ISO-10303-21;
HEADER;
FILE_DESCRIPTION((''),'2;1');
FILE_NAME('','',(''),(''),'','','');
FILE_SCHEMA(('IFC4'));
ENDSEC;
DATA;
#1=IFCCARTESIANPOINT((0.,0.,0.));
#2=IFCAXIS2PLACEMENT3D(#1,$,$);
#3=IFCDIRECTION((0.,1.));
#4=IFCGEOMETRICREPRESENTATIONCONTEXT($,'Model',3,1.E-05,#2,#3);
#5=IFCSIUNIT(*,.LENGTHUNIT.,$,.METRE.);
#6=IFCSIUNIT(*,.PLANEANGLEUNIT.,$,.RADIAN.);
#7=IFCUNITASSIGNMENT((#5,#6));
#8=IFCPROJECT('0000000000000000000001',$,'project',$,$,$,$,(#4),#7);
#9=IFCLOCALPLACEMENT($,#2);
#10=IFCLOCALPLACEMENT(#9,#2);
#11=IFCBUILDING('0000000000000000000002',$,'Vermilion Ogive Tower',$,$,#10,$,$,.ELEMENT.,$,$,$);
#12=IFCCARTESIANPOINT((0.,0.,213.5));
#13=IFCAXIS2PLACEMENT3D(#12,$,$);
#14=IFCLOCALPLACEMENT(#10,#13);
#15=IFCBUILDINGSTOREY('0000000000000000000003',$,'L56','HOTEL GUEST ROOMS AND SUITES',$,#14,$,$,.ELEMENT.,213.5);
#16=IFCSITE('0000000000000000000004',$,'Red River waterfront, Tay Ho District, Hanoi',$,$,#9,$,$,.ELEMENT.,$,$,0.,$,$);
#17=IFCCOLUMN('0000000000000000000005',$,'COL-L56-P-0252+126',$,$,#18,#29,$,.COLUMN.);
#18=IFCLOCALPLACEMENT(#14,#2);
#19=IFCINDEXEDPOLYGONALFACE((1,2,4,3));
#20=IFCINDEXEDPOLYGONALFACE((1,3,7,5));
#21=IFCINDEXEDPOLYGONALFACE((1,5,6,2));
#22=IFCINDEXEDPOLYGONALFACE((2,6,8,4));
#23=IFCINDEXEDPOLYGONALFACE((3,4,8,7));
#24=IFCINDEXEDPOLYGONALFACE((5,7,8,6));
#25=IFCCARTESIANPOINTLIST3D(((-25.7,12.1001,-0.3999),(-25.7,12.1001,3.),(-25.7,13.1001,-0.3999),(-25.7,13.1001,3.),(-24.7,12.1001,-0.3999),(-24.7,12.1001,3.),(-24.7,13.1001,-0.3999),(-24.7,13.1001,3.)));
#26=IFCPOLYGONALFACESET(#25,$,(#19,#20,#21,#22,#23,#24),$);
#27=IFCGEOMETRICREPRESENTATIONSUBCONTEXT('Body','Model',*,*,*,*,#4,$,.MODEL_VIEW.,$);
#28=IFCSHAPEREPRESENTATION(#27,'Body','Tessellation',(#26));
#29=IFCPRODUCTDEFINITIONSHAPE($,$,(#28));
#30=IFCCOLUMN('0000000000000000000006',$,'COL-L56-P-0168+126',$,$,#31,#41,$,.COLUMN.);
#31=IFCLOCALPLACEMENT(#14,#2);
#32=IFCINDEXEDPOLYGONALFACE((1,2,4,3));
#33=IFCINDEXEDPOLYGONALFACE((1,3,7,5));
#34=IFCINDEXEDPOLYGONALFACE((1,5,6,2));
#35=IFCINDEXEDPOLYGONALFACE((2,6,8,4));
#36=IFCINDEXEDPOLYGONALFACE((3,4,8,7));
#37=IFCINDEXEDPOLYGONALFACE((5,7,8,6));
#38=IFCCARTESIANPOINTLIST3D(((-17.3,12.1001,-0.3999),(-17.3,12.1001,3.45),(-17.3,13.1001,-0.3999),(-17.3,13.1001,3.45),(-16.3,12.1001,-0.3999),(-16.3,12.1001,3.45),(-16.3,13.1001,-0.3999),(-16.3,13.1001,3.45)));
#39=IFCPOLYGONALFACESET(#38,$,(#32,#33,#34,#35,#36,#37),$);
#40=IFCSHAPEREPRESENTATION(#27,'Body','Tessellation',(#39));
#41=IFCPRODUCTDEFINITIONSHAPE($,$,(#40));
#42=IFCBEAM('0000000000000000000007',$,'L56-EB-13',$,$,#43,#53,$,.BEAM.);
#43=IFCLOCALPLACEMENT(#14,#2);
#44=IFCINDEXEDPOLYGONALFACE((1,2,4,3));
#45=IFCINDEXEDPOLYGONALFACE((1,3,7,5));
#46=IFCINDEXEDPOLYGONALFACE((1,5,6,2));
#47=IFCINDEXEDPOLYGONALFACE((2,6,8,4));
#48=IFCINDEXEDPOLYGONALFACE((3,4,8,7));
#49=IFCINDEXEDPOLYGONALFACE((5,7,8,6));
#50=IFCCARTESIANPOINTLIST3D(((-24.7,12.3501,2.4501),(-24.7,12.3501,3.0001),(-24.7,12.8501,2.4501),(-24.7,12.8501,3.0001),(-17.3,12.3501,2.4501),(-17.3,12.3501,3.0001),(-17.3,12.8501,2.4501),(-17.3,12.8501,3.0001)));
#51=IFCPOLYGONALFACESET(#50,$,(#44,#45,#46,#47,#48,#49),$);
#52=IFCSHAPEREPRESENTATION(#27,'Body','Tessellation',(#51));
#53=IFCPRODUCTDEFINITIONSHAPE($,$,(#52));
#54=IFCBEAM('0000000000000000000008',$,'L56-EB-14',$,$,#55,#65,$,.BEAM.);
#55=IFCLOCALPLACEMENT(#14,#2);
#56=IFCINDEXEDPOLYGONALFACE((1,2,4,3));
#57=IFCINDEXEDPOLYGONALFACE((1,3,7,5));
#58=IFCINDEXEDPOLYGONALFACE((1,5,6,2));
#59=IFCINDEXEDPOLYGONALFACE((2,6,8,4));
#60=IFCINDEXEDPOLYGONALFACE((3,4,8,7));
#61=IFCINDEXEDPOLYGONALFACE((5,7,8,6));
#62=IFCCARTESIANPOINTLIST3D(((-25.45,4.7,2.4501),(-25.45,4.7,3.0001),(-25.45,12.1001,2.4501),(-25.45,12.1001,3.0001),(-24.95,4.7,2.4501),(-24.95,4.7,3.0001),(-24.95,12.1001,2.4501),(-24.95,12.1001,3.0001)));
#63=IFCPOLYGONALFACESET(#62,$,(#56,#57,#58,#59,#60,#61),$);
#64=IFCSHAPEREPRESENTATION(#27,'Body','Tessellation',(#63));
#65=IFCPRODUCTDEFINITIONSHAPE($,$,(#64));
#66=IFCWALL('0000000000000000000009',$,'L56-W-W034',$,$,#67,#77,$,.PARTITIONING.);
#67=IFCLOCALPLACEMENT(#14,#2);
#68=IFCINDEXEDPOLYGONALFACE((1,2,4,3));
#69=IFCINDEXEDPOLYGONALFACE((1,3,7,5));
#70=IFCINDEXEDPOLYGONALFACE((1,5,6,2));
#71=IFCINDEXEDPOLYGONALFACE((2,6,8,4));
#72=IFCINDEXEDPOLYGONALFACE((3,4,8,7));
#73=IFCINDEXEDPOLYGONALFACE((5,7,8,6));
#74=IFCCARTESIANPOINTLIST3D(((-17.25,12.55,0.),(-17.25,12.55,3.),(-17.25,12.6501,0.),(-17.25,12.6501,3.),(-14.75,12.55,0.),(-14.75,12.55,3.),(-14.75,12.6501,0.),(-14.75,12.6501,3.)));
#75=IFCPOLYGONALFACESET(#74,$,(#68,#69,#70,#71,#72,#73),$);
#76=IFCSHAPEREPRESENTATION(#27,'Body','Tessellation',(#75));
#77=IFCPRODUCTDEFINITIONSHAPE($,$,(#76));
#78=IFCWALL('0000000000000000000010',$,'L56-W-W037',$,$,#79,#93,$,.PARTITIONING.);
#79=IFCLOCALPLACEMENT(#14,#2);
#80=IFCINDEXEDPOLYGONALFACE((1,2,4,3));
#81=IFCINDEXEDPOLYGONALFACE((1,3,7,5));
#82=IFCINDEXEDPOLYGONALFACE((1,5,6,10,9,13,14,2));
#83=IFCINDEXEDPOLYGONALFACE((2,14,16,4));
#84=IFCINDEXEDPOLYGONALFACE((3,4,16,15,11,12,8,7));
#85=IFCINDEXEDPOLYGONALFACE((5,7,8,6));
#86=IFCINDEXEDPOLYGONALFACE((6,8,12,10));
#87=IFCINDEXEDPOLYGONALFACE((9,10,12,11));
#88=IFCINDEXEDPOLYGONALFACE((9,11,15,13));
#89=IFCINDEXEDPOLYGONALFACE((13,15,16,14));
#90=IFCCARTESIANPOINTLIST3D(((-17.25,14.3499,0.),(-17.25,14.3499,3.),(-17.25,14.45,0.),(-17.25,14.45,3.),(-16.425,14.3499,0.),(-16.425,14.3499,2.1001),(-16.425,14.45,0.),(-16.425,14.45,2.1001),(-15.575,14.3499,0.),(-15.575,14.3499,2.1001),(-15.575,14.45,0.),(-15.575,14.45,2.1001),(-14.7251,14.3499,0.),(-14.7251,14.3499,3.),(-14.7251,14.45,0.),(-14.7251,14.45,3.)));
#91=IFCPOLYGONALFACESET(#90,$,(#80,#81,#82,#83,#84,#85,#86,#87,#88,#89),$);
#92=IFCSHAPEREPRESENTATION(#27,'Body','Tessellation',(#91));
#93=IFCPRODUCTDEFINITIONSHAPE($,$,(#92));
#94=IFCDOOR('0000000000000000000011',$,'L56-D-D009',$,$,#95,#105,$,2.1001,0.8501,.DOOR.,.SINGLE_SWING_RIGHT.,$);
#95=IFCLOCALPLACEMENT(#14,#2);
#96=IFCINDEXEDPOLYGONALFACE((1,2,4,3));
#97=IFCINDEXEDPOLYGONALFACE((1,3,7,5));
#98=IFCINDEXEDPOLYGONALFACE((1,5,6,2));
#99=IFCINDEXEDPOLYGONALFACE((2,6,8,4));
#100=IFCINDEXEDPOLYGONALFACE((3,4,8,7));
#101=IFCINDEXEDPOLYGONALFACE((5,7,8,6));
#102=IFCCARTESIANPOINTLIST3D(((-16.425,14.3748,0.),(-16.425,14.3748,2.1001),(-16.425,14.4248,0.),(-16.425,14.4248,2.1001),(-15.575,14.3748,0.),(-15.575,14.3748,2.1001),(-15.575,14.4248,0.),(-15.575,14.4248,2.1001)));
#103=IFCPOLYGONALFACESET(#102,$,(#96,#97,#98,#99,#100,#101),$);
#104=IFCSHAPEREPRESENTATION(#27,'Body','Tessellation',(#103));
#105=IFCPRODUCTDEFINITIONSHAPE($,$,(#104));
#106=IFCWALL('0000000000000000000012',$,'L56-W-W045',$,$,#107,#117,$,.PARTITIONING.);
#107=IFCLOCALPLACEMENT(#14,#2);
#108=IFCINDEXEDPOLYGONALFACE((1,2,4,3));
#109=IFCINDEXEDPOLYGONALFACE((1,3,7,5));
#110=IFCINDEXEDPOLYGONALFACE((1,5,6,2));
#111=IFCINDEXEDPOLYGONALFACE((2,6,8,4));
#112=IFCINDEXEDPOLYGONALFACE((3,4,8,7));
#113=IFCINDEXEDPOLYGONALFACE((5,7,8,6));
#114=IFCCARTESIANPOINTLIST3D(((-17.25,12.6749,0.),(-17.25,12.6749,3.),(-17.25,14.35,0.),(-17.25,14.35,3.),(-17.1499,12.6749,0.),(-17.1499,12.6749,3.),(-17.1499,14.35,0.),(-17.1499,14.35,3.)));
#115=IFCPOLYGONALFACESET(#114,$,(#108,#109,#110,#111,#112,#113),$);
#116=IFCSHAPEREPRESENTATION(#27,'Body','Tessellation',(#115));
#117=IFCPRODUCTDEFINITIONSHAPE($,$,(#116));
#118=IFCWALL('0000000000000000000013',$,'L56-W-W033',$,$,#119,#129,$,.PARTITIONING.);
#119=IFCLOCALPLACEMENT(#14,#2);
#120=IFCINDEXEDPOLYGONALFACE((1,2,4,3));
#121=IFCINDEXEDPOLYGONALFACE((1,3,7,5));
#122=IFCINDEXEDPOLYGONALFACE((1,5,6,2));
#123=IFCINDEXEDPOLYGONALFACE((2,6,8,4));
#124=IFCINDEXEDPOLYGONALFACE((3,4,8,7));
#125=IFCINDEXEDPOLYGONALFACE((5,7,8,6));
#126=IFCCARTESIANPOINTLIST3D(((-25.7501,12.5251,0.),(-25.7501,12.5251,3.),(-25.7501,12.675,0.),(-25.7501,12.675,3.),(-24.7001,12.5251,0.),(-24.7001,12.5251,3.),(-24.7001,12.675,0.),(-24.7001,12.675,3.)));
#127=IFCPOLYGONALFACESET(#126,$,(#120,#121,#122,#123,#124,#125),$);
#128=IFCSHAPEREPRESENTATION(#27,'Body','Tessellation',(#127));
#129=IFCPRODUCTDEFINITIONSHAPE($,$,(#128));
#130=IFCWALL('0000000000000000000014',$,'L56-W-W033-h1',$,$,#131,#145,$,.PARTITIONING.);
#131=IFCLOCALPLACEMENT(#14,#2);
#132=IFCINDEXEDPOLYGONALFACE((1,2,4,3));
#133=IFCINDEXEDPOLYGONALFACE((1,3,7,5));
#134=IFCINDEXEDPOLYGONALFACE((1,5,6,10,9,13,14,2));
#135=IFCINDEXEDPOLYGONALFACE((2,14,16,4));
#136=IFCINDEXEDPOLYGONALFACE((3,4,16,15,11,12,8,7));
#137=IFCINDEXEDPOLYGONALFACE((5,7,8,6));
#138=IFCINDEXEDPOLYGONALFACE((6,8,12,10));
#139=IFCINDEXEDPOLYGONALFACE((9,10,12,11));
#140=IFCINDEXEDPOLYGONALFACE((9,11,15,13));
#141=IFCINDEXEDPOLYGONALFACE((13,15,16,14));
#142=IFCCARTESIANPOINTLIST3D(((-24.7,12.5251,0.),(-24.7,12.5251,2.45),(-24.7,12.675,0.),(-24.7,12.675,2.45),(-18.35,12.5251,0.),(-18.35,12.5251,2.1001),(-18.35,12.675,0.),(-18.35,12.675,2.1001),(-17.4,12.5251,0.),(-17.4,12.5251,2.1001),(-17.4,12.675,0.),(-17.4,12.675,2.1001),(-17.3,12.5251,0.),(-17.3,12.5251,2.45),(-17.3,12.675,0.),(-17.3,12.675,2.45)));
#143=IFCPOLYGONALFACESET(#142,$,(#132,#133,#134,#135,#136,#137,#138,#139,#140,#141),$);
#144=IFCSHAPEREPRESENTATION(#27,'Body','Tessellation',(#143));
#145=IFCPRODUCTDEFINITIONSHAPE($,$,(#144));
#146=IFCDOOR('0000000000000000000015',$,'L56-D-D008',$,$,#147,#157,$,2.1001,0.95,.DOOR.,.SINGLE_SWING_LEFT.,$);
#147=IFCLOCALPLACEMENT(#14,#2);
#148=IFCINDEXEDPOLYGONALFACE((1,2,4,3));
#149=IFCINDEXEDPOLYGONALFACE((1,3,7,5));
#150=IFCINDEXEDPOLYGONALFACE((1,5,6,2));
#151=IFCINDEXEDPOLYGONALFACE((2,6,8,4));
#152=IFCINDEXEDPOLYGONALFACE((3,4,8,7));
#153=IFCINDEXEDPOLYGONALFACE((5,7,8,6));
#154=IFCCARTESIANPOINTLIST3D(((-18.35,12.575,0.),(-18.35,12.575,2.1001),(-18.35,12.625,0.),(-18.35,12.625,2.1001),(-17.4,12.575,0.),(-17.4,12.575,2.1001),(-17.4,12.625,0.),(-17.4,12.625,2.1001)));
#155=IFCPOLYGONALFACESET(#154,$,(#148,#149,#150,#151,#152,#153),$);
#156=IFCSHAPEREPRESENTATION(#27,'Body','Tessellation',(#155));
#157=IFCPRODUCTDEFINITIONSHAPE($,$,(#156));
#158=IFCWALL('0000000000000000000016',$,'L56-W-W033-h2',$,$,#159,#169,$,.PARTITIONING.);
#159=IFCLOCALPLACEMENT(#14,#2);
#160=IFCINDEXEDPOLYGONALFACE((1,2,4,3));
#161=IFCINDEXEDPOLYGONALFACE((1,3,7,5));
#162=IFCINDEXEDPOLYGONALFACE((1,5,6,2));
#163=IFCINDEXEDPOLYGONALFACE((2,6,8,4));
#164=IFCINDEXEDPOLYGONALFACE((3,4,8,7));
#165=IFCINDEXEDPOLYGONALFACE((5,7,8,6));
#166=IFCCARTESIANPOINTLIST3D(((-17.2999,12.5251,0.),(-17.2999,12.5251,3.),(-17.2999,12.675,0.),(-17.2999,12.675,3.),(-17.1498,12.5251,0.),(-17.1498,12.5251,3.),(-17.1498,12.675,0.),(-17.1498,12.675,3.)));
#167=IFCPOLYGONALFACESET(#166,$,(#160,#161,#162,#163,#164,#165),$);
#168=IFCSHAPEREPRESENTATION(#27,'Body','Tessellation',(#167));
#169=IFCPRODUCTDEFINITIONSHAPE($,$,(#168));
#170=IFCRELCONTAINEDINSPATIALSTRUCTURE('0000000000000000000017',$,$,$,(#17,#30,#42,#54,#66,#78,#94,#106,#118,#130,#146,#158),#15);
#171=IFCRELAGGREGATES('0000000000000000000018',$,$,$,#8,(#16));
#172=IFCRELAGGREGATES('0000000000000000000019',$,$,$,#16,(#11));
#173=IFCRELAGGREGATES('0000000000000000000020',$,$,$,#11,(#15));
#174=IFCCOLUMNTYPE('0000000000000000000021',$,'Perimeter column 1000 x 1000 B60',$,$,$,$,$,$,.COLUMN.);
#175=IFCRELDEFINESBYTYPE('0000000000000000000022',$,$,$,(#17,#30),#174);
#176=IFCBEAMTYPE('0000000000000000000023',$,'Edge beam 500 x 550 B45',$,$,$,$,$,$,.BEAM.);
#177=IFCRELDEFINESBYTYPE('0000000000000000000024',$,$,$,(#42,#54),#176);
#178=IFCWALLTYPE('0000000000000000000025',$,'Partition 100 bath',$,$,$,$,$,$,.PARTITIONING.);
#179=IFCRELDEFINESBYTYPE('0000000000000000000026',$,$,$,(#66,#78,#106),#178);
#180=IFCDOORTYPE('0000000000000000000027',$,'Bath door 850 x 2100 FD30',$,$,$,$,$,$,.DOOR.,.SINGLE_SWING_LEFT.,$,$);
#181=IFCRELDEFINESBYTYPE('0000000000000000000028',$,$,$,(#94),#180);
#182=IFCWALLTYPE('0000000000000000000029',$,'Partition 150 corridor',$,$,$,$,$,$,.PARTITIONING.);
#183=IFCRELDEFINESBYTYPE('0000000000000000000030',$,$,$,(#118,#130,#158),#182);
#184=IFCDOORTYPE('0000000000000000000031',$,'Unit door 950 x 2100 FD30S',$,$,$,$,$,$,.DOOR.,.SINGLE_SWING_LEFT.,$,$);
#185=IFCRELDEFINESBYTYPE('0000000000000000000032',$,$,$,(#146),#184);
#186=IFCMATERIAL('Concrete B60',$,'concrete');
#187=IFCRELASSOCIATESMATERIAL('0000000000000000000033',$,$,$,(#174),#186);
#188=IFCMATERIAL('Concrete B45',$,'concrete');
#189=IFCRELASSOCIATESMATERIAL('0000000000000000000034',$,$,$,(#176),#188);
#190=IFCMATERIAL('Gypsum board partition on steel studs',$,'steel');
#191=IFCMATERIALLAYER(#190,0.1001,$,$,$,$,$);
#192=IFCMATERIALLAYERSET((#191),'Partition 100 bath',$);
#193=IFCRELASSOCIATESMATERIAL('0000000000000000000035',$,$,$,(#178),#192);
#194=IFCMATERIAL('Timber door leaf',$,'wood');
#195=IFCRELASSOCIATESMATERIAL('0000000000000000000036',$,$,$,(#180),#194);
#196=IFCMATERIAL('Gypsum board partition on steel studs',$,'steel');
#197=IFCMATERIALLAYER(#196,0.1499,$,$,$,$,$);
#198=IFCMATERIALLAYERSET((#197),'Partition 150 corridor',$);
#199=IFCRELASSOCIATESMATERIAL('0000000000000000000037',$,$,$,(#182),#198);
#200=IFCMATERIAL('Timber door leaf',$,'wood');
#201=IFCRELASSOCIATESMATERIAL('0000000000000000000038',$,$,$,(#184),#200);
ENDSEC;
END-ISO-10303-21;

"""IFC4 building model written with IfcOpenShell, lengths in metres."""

from ifc_helpers import new_model, si_unit, direction, frame, frame_2d, origin, origin_2d, place, context, subcontext, project, spatial, rectangle, extrude, material, layer, layer_set, material_profile, profile_set, type_object, element, fill, save


model = new_model("IFC4")

# Units and contexts
model_context = context("Model", 3, precision=1e-05, world=origin(), true_north=direction((0.0, 1.0)))
body_context = subcontext(model_context, "Body", "Model", "MODEL_VIEW")
ifc_project = project(units=[si_unit("LENGTHUNIT", "METRE"), si_unit("PLANEANGLEUNIT", "RADIAN")], contexts=[model_context])

# Site, building, storey
site_placement = place(None, origin())
site = spatial("IfcSite", under=ifc_project, at=site_placement, Name="Red River waterfront, Tay Ho District, Hanoi", CompositionType="ELEMENT", RefElevation=0.0)
building_placement = place(site_placement, origin())
building = spatial("IfcBuilding", under=site, at=building_placement, Name="Vermilion Ogive Tower", CompositionType="ELEMENT")
storey_placement = place(building_placement, frame((0.0, 0.0, 213.5)))
storey = spatial("IfcBuildingStorey", under=building, at=storey_placement, Name="L56", Description="HOTEL GUEST ROOMS AND SUITES", CompositionType="ELEMENT", Elevation=213.5)

# Columns
ifc_material_1 = material(Name="Concrete B60", Category="concrete")
ifc_material_profile_1 = material_profile(ifc_material_1, rectangle(XDim=1.0, YDim=1.0, at=origin_2d()), Name="1000 x 1000")
ifc_profile_set_1 = profile_set([ifc_material_profile_1], Name="Concrete B60")
column_type = type_object("IfcColumnType", Name="Perimeter column 1000 x 1000 B60", PredefinedType="COLUMN", material=ifc_profile_set_1)
column_1_placement = place(storey_placement, frame((-25.2, 12.6001, -0.3999), z_axis=(0.0, 0.0, 1.0), x_axis=(1.0, 0.0, 0.0)))
element("IfcColumn", 1, at=column_1_placement, inside=storey, type_object=column_type, Name="COL-L56-P-0252+126", PredefinedType="COLUMN", context=body_context, shape_type="SweptSolid", body=[
    extrude(rectangle(XDim=1.0, YDim=1.0, at=origin_2d()), origin(), (0.0, 0.0, 1.0), 3.3999),
])
column_2_placement = place(storey_placement, frame((-16.8, 12.6001, -0.3999), z_axis=(0.0, 0.0, 1.0), x_axis=(1.0, 0.0, 0.0)))
element("IfcColumn", 2, at=column_2_placement, inside=storey, type_object=column_type, Name="COL-L56-P-0168+126", PredefinedType="COLUMN", context=body_context, shape_type="SweptSolid", body=[
    extrude(rectangle(XDim=1.0, YDim=1.0, at=origin_2d()), origin(), (0.0, 0.0, 1.0), 3.8499),
])

# Beams
ifc_material_2 = material(Name="Concrete B45", Category="concrete")
ifc_material_profile_2 = material_profile(ifc_material_2, rectangle(XDim=0.5, YDim=0.55, at=origin_2d()), Name="500 x 550")
ifc_profile_set_2 = profile_set([ifc_material_profile_2], Name="Concrete B45")
beam_type = type_object("IfcBeamType", Name="Edge beam 500 x 550 B45", PredefinedType="BEAM", material=ifc_profile_set_2)
beam_1_placement = place(storey_placement, frame((-17.3, 12.6001, 2.7251), z_axis=(-1.0, 0.0, 0.0), x_axis=(0.0, -1.0, 0.0)))
element("IfcBeam", 3, at=beam_1_placement, inside=storey, type_object=beam_type, Name="L56-EB-13", PredefinedType="BEAM", context=body_context, shape_type="SweptSolid", body=[
    extrude(rectangle(XDim=0.5, YDim=0.55, at=origin_2d()), origin(), (0.0, 0.0, 1.0), 7.3999),
])
beam_2_placement = place(storey_placement, frame((-25.2, 12.1001, 2.7251), z_axis=(0.0, -1.0, 0.0), x_axis=(1.0, 0.0, 0.0)))
element("IfcBeam", 4, at=beam_2_placement, inside=storey, type_object=beam_type, Name="L56-EB-14", PredefinedType="BEAM", context=body_context, shape_type="SweptSolid", body=[
    extrude(rectangle(XDim=0.5, YDim=0.55, at=origin_2d()), origin(), (0.0, 0.0, 1.0), 7.4001),
])

# Wall
ifc_material_3 = material(Name="Gypsum board partition on steel studs", Category="steel")
ifc_layer_1 = layer(ifc_material_3, 0.1001)
ifc_layer_set_1 = layer_set([ifc_layer_1], Name="Partition 100 bath")
wall_type_1 = type_object("IfcWallType", Name="Partition 100 bath", PredefinedType="PARTITIONING", material=ifc_layer_set_1)
wall_1_placement = place(storey_placement, frame((-17.25, 12.6001, 0.0), z_axis=(0.0, 0.0, 1.0), x_axis=(1.0, 0.0, 0.0)))
element("IfcWall", 5, at=wall_1_placement, inside=storey, type_object=wall_type_1, Name="L56-W-W034", PredefinedType="PARTITIONING", context=body_context, shape_type="SweptSolid", body=[
    extrude(rectangle(XDim=2.5, YDim=0.1001, at=frame_2d((1.25, 0.0))), origin(), (0.0, 0.0, 1.0), 3.0),
])

# Wall, opening, door
wall_2_placement = place(storey_placement, frame((-17.25, 14.3999, 0.0), z_axis=(0.0, 0.0, 1.0), x_axis=(1.0, 0.0, 0.0)))
wall_2 = element("IfcWall", 6, at=wall_2_placement, inside=storey, type_object=wall_type_1, Name="L56-W-W037", PredefinedType="PARTITIONING", context=body_context, shape_type="SweptSolid", body=[
    extrude(rectangle(XDim=2.5249, YDim=0.1001, at=frame_2d((1.2625, 0.0))), origin(), (0.0, 0.0, 1.0), 3.0),
])
opening_1_placement = place(wall_2_placement, frame((0.825, 0.0, 0.0)))
opening_1 = element("IfcOpeningElement", 7, at=opening_1_placement, cuts=wall_2, PredefinedType="OPENING", context=body_context, shape_type="SweptSolid", body=[
    extrude(rectangle(XDim=0.8501, YDim=2.1001, at=frame_2d((0.425, 1.05))), frame((0.0, 0.0601, 0.0), z_axis=(0.0, -1.0, 0.0), x_axis=(1.0, 0.0, 0.0)), (0.0, 0.0, 1.0), 0.1201),
])
ifc_material_4 = material(Name="Timber door leaf", Category="wood")
door_type_1 = type_object("IfcDoorType", Name="Bath door 850 x 2100 FD30", OperationType="SINGLE_SWING_LEFT", PredefinedType="DOOR", material=ifc_material_4)
door_1_placement = place(opening_1_placement, origin())
door_1 = element("IfcDoor", 8, at=door_1_placement, inside=storey, type_object=door_type_1, Name="L56-D-D009", OperationType="SINGLE_SWING_RIGHT", OverallHeight=2.1001, OverallWidth=0.8501, PredefinedType="DOOR", context=body_context, shape_type="SweptSolid", body=[
    extrude(rectangle(XDim=0.8501, YDim=2.1001, at=frame_2d((0.425, 1.05))), frame((0.0, 0.0249, 0.0), z_axis=(0.0, -1.0, 0.0), x_axis=(1.0, 0.0, 0.0)), (0.0, 0.0, 1.0), 0.05),
])
fill(opening_1, door_1)

# Walls
wall_3_placement = place(storey_placement, frame((-17.2, 12.675, 0.0), z_axis=(0.0, 0.0, 1.0), x_axis=(0.0, 1.0, 0.0)))
element("IfcWall", 9, at=wall_3_placement, inside=storey, type_object=wall_type_1, Name="L56-W-W045", PredefinedType="PARTITIONING", context=body_context, shape_type="SweptSolid", body=[
    extrude(rectangle(XDim=1.675, YDim=0.1001, at=frame_2d((0.8374, 0.0))), origin(), (0.0, 0.0, 1.0), 3.0),
])
ifc_material_5 = material(Name="Gypsum board partition on steel studs", Category="steel")
ifc_layer_2 = layer(ifc_material_5, 0.1499)
ifc_layer_set_2 = layer_set([ifc_layer_2], Name="Partition 150 corridor")
wall_type_2 = type_object("IfcWallType", Name="Partition 150 corridor", PredefinedType="PARTITIONING", material=ifc_layer_set_2)
wall_4_placement = place(storey_placement, frame((-25.75, 12.6001, 0.0), z_axis=(0.0, 0.0, 1.0), x_axis=(1.0, 0.0, 0.0)))
element("IfcWall", 10, at=wall_4_placement, inside=storey, type_object=wall_type_2, Name="L56-W-W033", PredefinedType="PARTITIONING", context=body_context, shape_type="SweptSolid", body=[
    extrude(rectangle(XDim=1.05, YDim=0.1499, at=frame_2d((0.5249, 0.0))), origin(), (0.0, 0.0, 1.0), 3.0),
])

# Wall, opening, door
wall_5_placement = place(storey_placement, frame((-24.7, 12.6001, 0.0), z_axis=(0.0, 0.0, 1.0), x_axis=(1.0, 0.0, 0.0)))
wall_5 = element("IfcWall", 11, at=wall_5_placement, inside=storey, type_object=wall_type_2, Name="L56-W-W033-h1", PredefinedType="PARTITIONING", context=body_context, shape_type="SweptSolid", body=[
    extrude(rectangle(XDim=7.3999, YDim=0.1499, at=frame_2d((3.7, 0.0))), origin(), (0.0, 0.0, 1.0), 2.45),
])
opening_2_placement = place(wall_5_placement, frame((6.3499, 0.0, 0.0)))
opening_2 = element("IfcOpeningElement", 12, at=opening_2_placement, cuts=wall_5, PredefinedType="OPENING", context=body_context, shape_type="SweptSolid", body=[
    extrude(rectangle(XDim=0.95, YDim=2.1001, at=frame_2d((0.4751, 1.05))), frame((0.0, 0.085, 0.0), z_axis=(0.0, -1.0, 0.0), x_axis=(1.0, 0.0, 0.0)), (0.0, 0.0, 1.0), 0.1699),
])
ifc_material_6 = material(Name="Timber door leaf", Category="wood")
door_type_2 = type_object("IfcDoorType", Name="Unit door 950 x 2100 FD30S", OperationType="SINGLE_SWING_LEFT", PredefinedType="DOOR", material=ifc_material_6)
door_2_placement = place(opening_2_placement, origin())
door_2 = element("IfcDoor", 13, at=door_2_placement, inside=storey, type_object=door_type_2, Name="L56-D-D008", OperationType="SINGLE_SWING_LEFT", OverallHeight=2.1001, OverallWidth=0.95, PredefinedType="DOOR", context=body_context, shape_type="SweptSolid", body=[
    extrude(rectangle(XDim=0.95, YDim=2.1001, at=frame_2d((0.4751, 1.05))), frame((0.0, 0.0249, 0.0), z_axis=(0.0, -1.0, 0.0), x_axis=(1.0, 0.0, 0.0)), (0.0, 0.0, 1.0), 0.05),
])
fill(opening_2, door_2)

# Wall
wall_6_placement = place(storey_placement, frame((-17.3, 12.6001, 0.0), z_axis=(0.0, 0.0, 1.0), x_axis=(1.0, 0.0, 0.0)))
element("IfcWall", 14, at=wall_6_placement, inside=storey, type_object=wall_type_2, Name="L56-W-W033-h2", PredefinedType="PARTITIONING", context=body_context, shape_type="SweptSolid", body=[
    extrude(rectangle(XDim=0.1501, YDim=0.1499, at=frame_2d((0.0752, 0.0))), origin(), (0.0, 0.0, 1.0), 3.0),
])

save(model, "model.ifc")
